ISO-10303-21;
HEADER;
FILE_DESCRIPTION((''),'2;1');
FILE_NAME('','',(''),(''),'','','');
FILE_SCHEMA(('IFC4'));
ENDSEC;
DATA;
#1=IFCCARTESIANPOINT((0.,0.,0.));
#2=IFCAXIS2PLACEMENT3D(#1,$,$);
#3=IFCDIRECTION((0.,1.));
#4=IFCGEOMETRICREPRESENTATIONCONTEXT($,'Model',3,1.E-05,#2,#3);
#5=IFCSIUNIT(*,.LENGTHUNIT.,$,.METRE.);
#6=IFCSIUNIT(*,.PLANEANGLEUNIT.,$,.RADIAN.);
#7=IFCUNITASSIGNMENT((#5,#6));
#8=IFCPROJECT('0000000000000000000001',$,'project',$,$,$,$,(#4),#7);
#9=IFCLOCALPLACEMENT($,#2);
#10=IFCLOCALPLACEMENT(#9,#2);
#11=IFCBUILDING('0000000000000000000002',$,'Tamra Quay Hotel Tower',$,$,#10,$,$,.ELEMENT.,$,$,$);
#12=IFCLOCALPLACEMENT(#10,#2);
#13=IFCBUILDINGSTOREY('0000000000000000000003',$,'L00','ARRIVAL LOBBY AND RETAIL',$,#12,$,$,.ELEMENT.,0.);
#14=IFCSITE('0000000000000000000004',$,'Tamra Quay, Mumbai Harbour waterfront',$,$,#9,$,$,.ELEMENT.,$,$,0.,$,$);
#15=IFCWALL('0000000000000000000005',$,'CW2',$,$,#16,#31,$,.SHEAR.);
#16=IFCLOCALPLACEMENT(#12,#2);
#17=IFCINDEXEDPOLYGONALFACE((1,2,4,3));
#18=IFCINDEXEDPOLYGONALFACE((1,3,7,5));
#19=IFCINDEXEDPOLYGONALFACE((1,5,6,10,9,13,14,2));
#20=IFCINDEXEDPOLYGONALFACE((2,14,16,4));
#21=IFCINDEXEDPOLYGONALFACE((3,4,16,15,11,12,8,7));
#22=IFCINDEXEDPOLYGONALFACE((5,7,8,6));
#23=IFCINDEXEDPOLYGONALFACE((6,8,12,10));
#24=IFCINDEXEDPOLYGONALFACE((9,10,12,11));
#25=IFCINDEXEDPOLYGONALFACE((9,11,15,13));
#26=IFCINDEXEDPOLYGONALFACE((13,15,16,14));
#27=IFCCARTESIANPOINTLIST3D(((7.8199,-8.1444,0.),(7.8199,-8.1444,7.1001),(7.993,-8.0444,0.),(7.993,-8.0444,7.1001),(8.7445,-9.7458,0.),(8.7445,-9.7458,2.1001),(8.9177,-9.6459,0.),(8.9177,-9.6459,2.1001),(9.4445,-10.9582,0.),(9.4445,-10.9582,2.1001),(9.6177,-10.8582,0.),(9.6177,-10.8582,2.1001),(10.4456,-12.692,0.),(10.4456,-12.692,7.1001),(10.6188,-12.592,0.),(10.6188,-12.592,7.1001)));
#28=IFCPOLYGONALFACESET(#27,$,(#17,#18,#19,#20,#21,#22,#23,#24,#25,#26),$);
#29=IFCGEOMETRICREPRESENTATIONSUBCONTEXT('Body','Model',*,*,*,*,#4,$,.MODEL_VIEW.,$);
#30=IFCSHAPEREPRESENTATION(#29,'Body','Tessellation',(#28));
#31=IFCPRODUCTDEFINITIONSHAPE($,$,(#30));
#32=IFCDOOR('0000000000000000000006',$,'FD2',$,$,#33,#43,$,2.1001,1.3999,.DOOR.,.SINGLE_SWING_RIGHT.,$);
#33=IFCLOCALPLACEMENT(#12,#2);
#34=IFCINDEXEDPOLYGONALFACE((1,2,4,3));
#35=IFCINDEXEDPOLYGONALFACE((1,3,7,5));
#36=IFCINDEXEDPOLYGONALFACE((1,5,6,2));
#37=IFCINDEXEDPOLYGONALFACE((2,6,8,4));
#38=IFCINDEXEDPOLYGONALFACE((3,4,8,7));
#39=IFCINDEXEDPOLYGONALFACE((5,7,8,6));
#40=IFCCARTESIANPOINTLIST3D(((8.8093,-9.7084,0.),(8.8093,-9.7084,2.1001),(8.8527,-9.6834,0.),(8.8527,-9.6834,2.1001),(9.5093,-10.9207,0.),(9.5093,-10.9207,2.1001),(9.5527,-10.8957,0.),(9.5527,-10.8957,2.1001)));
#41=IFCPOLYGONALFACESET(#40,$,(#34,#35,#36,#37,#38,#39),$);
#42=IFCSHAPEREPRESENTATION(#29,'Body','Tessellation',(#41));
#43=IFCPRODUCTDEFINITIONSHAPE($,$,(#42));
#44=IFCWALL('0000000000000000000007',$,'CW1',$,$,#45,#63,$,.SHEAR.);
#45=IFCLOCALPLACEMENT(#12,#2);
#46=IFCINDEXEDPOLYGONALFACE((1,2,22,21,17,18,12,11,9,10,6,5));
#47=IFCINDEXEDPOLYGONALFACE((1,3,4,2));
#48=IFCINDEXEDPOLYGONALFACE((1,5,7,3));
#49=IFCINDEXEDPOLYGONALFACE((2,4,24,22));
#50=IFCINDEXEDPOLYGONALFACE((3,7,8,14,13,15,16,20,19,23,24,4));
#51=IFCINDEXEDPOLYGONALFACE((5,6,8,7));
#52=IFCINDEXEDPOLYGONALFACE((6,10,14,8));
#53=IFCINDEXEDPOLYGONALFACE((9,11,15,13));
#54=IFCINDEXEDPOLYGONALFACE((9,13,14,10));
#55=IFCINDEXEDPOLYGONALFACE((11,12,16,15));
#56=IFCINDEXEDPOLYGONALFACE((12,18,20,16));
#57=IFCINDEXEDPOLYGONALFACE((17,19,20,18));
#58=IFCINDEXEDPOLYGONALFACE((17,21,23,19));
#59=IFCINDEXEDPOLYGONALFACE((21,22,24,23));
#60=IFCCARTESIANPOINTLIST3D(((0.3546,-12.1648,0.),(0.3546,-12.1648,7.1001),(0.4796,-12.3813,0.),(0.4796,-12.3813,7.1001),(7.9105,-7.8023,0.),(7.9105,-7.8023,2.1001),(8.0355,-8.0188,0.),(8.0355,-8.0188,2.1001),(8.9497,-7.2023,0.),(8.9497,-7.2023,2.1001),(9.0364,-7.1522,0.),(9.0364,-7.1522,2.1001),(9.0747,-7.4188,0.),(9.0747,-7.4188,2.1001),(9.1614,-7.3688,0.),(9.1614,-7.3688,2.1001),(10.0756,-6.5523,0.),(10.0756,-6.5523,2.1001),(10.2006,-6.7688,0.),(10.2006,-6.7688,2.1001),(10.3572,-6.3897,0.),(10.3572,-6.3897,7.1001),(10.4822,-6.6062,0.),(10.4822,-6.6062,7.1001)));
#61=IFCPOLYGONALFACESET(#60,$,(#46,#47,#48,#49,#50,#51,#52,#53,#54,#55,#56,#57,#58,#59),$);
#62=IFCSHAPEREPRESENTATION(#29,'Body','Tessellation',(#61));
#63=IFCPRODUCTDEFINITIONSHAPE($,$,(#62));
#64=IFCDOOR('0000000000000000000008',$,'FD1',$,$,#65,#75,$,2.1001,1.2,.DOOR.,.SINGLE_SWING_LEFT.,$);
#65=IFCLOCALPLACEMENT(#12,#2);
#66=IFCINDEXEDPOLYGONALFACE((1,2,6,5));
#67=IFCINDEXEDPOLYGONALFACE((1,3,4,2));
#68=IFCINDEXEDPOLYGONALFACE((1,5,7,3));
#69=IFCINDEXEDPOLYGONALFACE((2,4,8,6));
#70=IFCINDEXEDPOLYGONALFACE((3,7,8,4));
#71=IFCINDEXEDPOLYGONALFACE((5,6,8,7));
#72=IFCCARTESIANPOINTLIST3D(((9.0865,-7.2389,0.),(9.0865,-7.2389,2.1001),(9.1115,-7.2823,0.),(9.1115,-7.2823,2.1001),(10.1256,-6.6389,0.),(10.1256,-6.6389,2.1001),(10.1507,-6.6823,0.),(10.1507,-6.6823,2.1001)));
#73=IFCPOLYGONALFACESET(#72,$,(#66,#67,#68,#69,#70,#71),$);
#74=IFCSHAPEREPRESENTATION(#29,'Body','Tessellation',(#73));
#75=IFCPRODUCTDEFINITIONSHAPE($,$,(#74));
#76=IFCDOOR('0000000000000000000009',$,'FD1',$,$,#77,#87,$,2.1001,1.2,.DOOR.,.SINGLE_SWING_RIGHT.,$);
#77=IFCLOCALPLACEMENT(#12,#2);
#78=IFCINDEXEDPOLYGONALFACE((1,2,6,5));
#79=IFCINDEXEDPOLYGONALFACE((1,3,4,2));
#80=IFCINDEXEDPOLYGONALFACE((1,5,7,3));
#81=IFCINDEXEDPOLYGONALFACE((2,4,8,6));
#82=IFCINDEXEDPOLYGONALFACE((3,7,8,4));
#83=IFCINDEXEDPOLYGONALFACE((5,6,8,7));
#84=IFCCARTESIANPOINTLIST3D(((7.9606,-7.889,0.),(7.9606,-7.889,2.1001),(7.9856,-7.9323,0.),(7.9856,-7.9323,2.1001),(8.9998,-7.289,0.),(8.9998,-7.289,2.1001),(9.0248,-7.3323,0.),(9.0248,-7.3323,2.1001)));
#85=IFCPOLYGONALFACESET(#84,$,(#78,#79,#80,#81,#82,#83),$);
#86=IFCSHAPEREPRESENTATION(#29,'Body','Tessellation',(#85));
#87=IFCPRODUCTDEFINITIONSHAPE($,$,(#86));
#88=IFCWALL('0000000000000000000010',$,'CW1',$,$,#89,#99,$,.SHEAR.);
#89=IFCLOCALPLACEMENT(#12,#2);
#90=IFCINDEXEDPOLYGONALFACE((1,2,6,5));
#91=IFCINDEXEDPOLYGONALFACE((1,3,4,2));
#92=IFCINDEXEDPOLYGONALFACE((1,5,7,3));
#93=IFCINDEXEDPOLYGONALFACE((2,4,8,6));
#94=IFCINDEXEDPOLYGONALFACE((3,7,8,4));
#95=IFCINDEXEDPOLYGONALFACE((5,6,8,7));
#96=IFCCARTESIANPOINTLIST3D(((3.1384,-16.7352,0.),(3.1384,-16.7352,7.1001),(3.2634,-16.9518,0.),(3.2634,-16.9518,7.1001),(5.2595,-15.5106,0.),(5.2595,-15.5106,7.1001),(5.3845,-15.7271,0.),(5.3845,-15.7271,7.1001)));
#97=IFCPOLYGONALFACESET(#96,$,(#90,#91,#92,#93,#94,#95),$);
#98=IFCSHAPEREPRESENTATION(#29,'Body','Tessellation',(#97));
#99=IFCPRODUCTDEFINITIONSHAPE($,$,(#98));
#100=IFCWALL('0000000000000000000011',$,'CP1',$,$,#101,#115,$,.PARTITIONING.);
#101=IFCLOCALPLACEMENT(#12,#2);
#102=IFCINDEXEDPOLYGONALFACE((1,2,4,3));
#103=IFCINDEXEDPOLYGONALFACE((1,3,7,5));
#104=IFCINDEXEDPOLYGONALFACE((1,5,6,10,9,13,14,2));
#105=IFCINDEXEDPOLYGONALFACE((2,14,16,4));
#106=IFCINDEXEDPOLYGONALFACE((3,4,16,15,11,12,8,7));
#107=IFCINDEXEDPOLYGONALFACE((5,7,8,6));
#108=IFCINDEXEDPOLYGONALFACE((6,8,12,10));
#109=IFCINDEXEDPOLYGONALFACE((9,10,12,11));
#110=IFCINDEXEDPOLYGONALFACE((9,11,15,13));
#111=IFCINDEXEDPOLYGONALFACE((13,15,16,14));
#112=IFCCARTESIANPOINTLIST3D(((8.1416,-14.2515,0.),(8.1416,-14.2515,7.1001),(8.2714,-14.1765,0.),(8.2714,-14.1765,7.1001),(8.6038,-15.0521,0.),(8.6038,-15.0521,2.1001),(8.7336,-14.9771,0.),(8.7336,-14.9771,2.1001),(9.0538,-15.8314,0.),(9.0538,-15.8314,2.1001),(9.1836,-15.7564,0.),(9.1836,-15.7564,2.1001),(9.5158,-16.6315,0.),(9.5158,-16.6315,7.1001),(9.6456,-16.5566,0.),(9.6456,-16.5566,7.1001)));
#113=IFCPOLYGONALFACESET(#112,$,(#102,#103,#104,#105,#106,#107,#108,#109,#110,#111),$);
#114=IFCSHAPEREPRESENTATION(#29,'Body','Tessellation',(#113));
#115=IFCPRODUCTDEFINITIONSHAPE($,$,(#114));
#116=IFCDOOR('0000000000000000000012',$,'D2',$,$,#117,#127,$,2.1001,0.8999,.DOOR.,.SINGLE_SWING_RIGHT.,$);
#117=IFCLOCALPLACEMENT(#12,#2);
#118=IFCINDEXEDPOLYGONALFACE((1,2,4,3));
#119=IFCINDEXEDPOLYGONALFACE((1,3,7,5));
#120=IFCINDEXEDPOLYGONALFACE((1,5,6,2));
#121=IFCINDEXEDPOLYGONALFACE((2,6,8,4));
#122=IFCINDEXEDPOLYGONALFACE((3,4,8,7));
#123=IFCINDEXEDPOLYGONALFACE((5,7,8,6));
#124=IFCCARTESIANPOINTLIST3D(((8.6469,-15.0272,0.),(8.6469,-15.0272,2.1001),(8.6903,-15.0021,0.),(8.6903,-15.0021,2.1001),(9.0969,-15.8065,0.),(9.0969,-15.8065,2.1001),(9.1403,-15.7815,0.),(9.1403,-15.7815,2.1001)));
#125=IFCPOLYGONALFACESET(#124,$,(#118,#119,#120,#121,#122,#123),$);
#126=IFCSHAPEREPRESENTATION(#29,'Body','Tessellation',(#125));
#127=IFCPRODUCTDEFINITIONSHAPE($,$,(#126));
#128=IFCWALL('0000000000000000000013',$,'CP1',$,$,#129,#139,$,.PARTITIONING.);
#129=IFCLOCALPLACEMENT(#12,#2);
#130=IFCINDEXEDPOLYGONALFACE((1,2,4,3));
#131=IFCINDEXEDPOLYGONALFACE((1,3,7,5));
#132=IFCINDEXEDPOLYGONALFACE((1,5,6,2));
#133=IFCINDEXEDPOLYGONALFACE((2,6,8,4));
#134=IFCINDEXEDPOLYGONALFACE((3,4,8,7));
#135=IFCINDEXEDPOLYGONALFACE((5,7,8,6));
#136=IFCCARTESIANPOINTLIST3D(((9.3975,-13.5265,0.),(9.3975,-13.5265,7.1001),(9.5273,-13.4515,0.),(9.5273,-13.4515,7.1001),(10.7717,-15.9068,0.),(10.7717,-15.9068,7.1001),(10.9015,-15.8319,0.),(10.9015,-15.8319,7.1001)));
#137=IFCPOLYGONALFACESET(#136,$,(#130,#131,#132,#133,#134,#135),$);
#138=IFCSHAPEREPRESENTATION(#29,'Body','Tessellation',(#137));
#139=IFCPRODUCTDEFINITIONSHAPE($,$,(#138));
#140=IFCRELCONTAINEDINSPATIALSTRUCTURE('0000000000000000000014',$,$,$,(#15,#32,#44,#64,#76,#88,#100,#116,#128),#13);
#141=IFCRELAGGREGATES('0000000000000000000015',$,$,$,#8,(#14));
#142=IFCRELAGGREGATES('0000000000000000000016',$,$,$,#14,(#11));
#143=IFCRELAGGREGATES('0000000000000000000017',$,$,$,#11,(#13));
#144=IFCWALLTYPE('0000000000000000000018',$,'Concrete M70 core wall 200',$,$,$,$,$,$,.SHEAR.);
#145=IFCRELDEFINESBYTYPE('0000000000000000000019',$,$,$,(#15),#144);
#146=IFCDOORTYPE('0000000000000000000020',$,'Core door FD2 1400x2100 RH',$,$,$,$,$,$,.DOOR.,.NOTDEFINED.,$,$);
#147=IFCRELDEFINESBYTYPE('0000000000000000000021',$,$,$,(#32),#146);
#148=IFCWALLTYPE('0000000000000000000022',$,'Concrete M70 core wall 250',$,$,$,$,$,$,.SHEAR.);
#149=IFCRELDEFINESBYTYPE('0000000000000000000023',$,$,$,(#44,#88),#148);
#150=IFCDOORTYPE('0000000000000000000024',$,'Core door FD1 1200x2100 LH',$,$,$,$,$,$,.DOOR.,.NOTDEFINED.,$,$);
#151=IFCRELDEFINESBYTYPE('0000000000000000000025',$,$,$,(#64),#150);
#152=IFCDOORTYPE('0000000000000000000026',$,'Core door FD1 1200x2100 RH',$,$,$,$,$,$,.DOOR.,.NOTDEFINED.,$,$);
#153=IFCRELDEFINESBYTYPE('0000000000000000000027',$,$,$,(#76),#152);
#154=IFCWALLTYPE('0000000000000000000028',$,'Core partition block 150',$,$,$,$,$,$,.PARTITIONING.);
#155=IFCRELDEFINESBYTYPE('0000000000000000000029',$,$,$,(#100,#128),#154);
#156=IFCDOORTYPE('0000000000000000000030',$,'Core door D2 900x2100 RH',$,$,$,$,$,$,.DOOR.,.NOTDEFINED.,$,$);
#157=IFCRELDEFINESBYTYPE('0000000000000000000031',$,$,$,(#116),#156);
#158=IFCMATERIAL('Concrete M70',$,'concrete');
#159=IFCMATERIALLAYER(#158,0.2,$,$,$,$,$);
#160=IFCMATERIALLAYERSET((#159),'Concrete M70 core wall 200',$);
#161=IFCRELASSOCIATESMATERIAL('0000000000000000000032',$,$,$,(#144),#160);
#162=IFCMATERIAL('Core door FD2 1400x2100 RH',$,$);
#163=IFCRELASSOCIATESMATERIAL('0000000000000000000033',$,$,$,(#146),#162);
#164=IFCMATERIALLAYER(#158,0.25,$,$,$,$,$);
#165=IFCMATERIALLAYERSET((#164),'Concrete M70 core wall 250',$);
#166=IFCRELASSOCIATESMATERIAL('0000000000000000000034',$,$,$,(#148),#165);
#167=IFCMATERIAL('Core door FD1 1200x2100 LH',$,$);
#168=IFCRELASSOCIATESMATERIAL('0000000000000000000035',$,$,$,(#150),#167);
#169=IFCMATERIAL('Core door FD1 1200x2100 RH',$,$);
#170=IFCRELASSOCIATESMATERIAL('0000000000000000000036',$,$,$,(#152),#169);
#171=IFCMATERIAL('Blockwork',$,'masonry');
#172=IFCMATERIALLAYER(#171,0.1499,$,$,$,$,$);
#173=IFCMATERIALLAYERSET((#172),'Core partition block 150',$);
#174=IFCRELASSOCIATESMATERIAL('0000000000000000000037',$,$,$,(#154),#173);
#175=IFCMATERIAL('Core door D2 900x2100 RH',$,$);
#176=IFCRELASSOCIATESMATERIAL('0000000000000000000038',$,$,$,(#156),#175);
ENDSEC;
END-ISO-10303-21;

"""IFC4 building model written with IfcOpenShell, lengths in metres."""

from ifc_helpers import new_model, si_unit, direction, frame, frame_2d, origin, place, context, subcontext, project, spatial, rectangle, extrude, material, layer, layer_set, type_object, element, fill, save


model = new_model("IFC4")

# Units and contexts
model_context = context("Model", 3, precision=1e-05, world=origin(), true_north=direction((0.0, 1.0)))
body_context = subcontext(model_context, "Body", "Model", "MODEL_VIEW")
ifc_project = project(units=[si_unit("LENGTHUNIT", "METRE"), si_unit("PLANEANGLEUNIT", "RADIAN")], contexts=[model_context])

# Site, building, storey
site_placement = place(None, origin())
site = spatial("IfcSite", under=ifc_project, at=site_placement, Name="Tamra Quay, Mumbai Harbour waterfront", CompositionType="ELEMENT", RefElevation=0.0)
building_placement = place(site_placement, origin())
building = spatial("IfcBuilding", under=site, at=building_placement, Name="Tamra Quay Hotel Tower", CompositionType="ELEMENT")
storey_placement = place(building_placement, origin())
storey = spatial("IfcBuildingStorey", under=building, at=storey_placement, Name="L00", Description="ARRIVAL LOBBY AND RETAIL", CompositionType="ELEMENT", Elevation=0.0)

# Wall, opening, door
ifc_material_1 = material(Name="Concrete M70", Category="concrete")
ifc_layer_1 = layer(ifc_material_1, 0.2)
ifc_layer_set_1 = layer_set([ifc_layer_1], Name="Concrete M70 core wall 200")
wall_type_1 = type_object("IfcWallType", Name="Concrete M70 core wall 200", PredefinedType="SHEAR", material=ifc_layer_set_1)
wall_1_placement = place(storey_placement, frame((7.9065, -8.0945, 0.0), z_axis=(0.0, 0.0, 1.0), x_axis=(0.500024, -0.866011, 0.0)))
wall_1 = element("IfcWall", 1, at=wall_1_placement, inside=storey, type_object=wall_type_1, Name="CW2", PredefinedType="SHEAR", context=body_context, shape_type="SweptSolid", body=[
    extrude(rectangle(XDim=5.2512, YDim=0.2, at=frame_2d((2.6255, 0.0))), origin(), (0.0, 0.0, 1.0), 7.1001),
])
opening_1_placement = place(wall_1_placement, frame((1.8491, 0.0, 0.0)))
opening_1 = element("IfcOpeningElement", 2, at=opening_1_placement, cuts=wall_1, PredefinedType="OPENING", context=body_context, shape_type="SweptSolid", body=[
    extrude(rectangle(XDim=1.3999, YDim=2.1001, at=frame_2d((0.7, 1.05))), frame((0.0, 0.1099, 0.0), z_axis=(0.0, -1.0, 0.0), x_axis=(1.0, 0.0, 0.0)), (0.0, 0.0, 1.0), 0.22),
])
ifc_material_2 = material(Name="Core door FD2 1400x2100 RH")
door_type_1 = type_object("IfcDoorType", Name="Core door FD2 1400x2100 RH", OperationType="NOTDEFINED", PredefinedType="DOOR", material=ifc_material_2)
door_1_placement = place(opening_1_placement, origin())
door_1 = element("IfcDoor", 3, at=door_1_placement, inside=storey, type_object=door_type_1, Name="FD2", OperationType="SINGLE_SWING_RIGHT", OverallHeight=2.1001, OverallWidth=1.3999, PredefinedType="DOOR", context=body_context, shape_type="SweptSolid", body=[
    extrude(rectangle(XDim=1.3999, YDim=2.1001, at=frame_2d((0.7, 1.05))), frame((0.0, 0.0249, 0.0), z_axis=(0.0, -1.0, 0.0), x_axis=(1.0, 0.0, 0.0)), (0.0, 0.0, 1.0), 0.05),
])
fill(opening_1, door_1)

# Wall, openings, doors
ifc_layer_2 = layer(ifc_material_1, 0.25)
ifc_layer_set_2 = layer_set([ifc_layer_2], Name="Concrete M70 core wall 250")
wall_type_2 = type_object("IfcWallType", Name="Concrete M70 core wall 250", PredefinedType="SHEAR", material=ifc_layer_set_2)
wall_2_placement = place(storey_placement, frame((0.4172, -12.2729, 0.0), z_axis=(0.0, 0.0, 1.0), x_axis=(0.866022, 0.500006, 0.0)))
wall_2 = element("IfcWall", 4, at=wall_2_placement, inside=storey, type_object=wall_type_2, Name="CW1", PredefinedType="SHEAR", context=body_context, shape_type="SweptSolid", body=[
    extrude(rectangle(XDim=11.55, YDim=0.25, at=frame_2d((5.7749, 0.0))), origin(), (0.0, 0.0, 1.0), 7.1001),
])
opening_2_placement = place(wall_2_placement, frame((10.0247, 0.0, 0.0)))
opening_2 = element("IfcOpeningElement", 5, at=opening_2_placement, cuts=wall_2, PredefinedType="OPENING", context=body_context, shape_type="SweptSolid", body=[
    extrude(rectangle(XDim=1.2, YDim=2.1001, at=frame_2d((0.6001, 1.05))), frame((0.0, 0.135, 0.0), z_axis=(0.0, -1.0, 0.0), x_axis=(1.0, 0.0, 0.0)), (0.0, 0.0, 1.0), 0.27),
])
opening_3_placement = place(wall_2_placement, frame((8.7246, 0.0, 0.0)))
opening_3 = element("IfcOpeningElement", 6, at=opening_3_placement, cuts=wall_2, PredefinedType="OPENING", context=body_context, shape_type="SweptSolid", body=[
    extrude(rectangle(XDim=1.2, YDim=2.1001, at=frame_2d((0.6001, 1.05))), frame((0.0, 0.135, 0.0), z_axis=(0.0, -1.0, 0.0), x_axis=(1.0, 0.0, 0.0)), (0.0, 0.0, 1.0), 0.27),
])
ifc_material_3 = material(Name="Core door FD1 1200x2100 LH")
door_type_2 = type_object("IfcDoorType", Name="Core door FD1 1200x2100 LH", OperationType="NOTDEFINED", PredefinedType="DOOR", material=ifc_material_3)
door_2_placement = place(opening_2_placement, origin())
door_2 = element("IfcDoor", 7, at=door_2_placement, inside=storey, type_object=door_type_2, Name="FD1", OperationType="SINGLE_SWING_LEFT", OverallHeight=2.1001, OverallWidth=1.2, PredefinedType="DOOR", context=body_context, shape_type="SweptSolid", body=[
    extrude(rectangle(XDim=1.2, YDim=2.1001, at=frame_2d((0.6001, 1.05))), frame((0.0, 0.0249, 0.0), z_axis=(0.0, -1.0, 0.0), x_axis=(1.0, 0.0, 0.0)), (0.0, 0.0, 1.0), 0.05),
])
fill(opening_2, door_2)
ifc_material_4 = material(Name="Core door FD1 1200x2100 RH")
door_type_3 = type_object("IfcDoorType", Name="Core door FD1 1200x2100 RH", OperationType="NOTDEFINED", PredefinedType="DOOR", material=ifc_material_4)
door_3_placement = place(opening_3_placement, origin())
door_3 = element("IfcDoor", 8, at=door_3_placement, inside=storey, type_object=door_type_3, Name="FD1", OperationType="SINGLE_SWING_RIGHT", OverallHeight=2.1001, OverallWidth=1.2, PredefinedType="DOOR", context=body_context, shape_type="SweptSolid", body=[
    extrude(rectangle(XDim=1.2, YDim=2.1001, at=frame_2d((0.6001, 1.05))), frame((0.0, 0.0249, 0.0), z_axis=(0.0, -1.0, 0.0), x_axis=(1.0, 0.0, 0.0)), (0.0, 0.0, 1.0), 0.05),
])
fill(opening_3, door_3)

# Wall
wall_3_placement = place(storey_placement, frame((5.322, -15.6189, 0.0), z_axis=(0.0, 0.0, 1.0), x_axis=(-0.866026, -0.499999, 0.0)))
element("IfcWall", 9, at=wall_3_placement, inside=storey, type_object=wall_type_2, Name="CW1", PredefinedType="SHEAR", context=body_context, shape_type="SweptSolid", body=[
    extrude(rectangle(XDim=2.4492, YDim=0.25, at=frame_2d((1.2246, 0.0))), origin(), (0.0, 0.0, 1.0), 7.1001),
])

# Wall, opening, door
ifc_material_5 = material(Name="Blockwork", Category="masonry")
ifc_layer_3 = layer(ifc_material_5, 0.1499)
ifc_layer_set_3 = layer_set([ifc_layer_3], Name="Core partition block 150")
wall_type_3 = type_object("IfcWallType", Name="Core partition block 150", PredefinedType="PARTITIONING", material=ifc_layer_set_3)
wall_4_placement = place(storey_placement, frame((8.2065, -14.2141, 0.0), z_axis=(0.0, 0.0, 1.0), x_axis=(0.500027, -0.86601, 0.0)))
wall_4 = element("IfcWall", 10, at=wall_4_placement, inside=storey, type_object=wall_type_3, Name="CP1", PredefinedType="PARTITIONING", context=body_context, shape_type="SweptSolid", body=[
    extrude(rectangle(XDim=2.7483, YDim=0.1499, at=frame_2d((1.374, 0.0))), origin(), (0.0, 0.0, 1.0), 7.1001),
])
opening_4_placement = place(wall_4_placement, frame((0.9243, 0.0, 0.0)))
opening_4 = element("IfcOpeningElement", 11, at=opening_4_placement, cuts=wall_4, PredefinedType="OPENING", context=body_context, shape_type="SweptSolid", body=[
    extrude(rectangle(XDim=0.8999, YDim=2.1001, at=frame_2d((0.45, 1.05))), frame((0.0, 0.085, 0.0), z_axis=(0.0, -1.0, 0.0), x_axis=(1.0, 0.0, 0.0)), (0.0, 0.0, 1.0), 0.1699),
])
ifc_material_6 = material(Name="Core door D2 900x2100 RH")
door_type_4 = type_object("IfcDoorType", Name="Core door D2 900x2100 RH", OperationType="NOTDEFINED", PredefinedType="DOOR", material=ifc_material_6)
door_4_placement = place(opening_4_placement, origin())
door_4 = element("IfcDoor", 12, at=door_4_placement, inside=storey, type_object=door_type_4, Name="D2", OperationType="SINGLE_SWING_RIGHT", OverallHeight=2.1001, OverallWidth=0.8999, PredefinedType="DOOR", context=body_context, shape_type="SweptSolid", body=[
    extrude(rectangle(XDim=0.8999, YDim=2.1001, at=frame_2d((0.45, 1.05))), frame((0.0, 0.0249, 0.0), z_axis=(0.0, -1.0, 0.0), x_axis=(1.0, 0.0, 0.0)), (0.0, 0.0, 1.0), 0.05),
])
fill(opening_4, door_4)

# Wall
wall_5_placement = place(storey_placement, frame((9.4624, -13.489, 0.0), z_axis=(0.0, 0.0, 1.0), x_axis=(0.499989, -0.866032, 0.0)))
element("IfcWall", 13, at=wall_5_placement, inside=storey, type_object=wall_type_3, Name="CP1", PredefinedType="PARTITIONING", context=body_context, shape_type="SweptSolid", body=[
    extrude(rectangle(XDim=2.7485, YDim=0.1499, at=frame_2d((1.3743, 0.0))), origin(), (0.0, 0.0, 1.0), 7.1001),
])

save(model, "model.ifc")
